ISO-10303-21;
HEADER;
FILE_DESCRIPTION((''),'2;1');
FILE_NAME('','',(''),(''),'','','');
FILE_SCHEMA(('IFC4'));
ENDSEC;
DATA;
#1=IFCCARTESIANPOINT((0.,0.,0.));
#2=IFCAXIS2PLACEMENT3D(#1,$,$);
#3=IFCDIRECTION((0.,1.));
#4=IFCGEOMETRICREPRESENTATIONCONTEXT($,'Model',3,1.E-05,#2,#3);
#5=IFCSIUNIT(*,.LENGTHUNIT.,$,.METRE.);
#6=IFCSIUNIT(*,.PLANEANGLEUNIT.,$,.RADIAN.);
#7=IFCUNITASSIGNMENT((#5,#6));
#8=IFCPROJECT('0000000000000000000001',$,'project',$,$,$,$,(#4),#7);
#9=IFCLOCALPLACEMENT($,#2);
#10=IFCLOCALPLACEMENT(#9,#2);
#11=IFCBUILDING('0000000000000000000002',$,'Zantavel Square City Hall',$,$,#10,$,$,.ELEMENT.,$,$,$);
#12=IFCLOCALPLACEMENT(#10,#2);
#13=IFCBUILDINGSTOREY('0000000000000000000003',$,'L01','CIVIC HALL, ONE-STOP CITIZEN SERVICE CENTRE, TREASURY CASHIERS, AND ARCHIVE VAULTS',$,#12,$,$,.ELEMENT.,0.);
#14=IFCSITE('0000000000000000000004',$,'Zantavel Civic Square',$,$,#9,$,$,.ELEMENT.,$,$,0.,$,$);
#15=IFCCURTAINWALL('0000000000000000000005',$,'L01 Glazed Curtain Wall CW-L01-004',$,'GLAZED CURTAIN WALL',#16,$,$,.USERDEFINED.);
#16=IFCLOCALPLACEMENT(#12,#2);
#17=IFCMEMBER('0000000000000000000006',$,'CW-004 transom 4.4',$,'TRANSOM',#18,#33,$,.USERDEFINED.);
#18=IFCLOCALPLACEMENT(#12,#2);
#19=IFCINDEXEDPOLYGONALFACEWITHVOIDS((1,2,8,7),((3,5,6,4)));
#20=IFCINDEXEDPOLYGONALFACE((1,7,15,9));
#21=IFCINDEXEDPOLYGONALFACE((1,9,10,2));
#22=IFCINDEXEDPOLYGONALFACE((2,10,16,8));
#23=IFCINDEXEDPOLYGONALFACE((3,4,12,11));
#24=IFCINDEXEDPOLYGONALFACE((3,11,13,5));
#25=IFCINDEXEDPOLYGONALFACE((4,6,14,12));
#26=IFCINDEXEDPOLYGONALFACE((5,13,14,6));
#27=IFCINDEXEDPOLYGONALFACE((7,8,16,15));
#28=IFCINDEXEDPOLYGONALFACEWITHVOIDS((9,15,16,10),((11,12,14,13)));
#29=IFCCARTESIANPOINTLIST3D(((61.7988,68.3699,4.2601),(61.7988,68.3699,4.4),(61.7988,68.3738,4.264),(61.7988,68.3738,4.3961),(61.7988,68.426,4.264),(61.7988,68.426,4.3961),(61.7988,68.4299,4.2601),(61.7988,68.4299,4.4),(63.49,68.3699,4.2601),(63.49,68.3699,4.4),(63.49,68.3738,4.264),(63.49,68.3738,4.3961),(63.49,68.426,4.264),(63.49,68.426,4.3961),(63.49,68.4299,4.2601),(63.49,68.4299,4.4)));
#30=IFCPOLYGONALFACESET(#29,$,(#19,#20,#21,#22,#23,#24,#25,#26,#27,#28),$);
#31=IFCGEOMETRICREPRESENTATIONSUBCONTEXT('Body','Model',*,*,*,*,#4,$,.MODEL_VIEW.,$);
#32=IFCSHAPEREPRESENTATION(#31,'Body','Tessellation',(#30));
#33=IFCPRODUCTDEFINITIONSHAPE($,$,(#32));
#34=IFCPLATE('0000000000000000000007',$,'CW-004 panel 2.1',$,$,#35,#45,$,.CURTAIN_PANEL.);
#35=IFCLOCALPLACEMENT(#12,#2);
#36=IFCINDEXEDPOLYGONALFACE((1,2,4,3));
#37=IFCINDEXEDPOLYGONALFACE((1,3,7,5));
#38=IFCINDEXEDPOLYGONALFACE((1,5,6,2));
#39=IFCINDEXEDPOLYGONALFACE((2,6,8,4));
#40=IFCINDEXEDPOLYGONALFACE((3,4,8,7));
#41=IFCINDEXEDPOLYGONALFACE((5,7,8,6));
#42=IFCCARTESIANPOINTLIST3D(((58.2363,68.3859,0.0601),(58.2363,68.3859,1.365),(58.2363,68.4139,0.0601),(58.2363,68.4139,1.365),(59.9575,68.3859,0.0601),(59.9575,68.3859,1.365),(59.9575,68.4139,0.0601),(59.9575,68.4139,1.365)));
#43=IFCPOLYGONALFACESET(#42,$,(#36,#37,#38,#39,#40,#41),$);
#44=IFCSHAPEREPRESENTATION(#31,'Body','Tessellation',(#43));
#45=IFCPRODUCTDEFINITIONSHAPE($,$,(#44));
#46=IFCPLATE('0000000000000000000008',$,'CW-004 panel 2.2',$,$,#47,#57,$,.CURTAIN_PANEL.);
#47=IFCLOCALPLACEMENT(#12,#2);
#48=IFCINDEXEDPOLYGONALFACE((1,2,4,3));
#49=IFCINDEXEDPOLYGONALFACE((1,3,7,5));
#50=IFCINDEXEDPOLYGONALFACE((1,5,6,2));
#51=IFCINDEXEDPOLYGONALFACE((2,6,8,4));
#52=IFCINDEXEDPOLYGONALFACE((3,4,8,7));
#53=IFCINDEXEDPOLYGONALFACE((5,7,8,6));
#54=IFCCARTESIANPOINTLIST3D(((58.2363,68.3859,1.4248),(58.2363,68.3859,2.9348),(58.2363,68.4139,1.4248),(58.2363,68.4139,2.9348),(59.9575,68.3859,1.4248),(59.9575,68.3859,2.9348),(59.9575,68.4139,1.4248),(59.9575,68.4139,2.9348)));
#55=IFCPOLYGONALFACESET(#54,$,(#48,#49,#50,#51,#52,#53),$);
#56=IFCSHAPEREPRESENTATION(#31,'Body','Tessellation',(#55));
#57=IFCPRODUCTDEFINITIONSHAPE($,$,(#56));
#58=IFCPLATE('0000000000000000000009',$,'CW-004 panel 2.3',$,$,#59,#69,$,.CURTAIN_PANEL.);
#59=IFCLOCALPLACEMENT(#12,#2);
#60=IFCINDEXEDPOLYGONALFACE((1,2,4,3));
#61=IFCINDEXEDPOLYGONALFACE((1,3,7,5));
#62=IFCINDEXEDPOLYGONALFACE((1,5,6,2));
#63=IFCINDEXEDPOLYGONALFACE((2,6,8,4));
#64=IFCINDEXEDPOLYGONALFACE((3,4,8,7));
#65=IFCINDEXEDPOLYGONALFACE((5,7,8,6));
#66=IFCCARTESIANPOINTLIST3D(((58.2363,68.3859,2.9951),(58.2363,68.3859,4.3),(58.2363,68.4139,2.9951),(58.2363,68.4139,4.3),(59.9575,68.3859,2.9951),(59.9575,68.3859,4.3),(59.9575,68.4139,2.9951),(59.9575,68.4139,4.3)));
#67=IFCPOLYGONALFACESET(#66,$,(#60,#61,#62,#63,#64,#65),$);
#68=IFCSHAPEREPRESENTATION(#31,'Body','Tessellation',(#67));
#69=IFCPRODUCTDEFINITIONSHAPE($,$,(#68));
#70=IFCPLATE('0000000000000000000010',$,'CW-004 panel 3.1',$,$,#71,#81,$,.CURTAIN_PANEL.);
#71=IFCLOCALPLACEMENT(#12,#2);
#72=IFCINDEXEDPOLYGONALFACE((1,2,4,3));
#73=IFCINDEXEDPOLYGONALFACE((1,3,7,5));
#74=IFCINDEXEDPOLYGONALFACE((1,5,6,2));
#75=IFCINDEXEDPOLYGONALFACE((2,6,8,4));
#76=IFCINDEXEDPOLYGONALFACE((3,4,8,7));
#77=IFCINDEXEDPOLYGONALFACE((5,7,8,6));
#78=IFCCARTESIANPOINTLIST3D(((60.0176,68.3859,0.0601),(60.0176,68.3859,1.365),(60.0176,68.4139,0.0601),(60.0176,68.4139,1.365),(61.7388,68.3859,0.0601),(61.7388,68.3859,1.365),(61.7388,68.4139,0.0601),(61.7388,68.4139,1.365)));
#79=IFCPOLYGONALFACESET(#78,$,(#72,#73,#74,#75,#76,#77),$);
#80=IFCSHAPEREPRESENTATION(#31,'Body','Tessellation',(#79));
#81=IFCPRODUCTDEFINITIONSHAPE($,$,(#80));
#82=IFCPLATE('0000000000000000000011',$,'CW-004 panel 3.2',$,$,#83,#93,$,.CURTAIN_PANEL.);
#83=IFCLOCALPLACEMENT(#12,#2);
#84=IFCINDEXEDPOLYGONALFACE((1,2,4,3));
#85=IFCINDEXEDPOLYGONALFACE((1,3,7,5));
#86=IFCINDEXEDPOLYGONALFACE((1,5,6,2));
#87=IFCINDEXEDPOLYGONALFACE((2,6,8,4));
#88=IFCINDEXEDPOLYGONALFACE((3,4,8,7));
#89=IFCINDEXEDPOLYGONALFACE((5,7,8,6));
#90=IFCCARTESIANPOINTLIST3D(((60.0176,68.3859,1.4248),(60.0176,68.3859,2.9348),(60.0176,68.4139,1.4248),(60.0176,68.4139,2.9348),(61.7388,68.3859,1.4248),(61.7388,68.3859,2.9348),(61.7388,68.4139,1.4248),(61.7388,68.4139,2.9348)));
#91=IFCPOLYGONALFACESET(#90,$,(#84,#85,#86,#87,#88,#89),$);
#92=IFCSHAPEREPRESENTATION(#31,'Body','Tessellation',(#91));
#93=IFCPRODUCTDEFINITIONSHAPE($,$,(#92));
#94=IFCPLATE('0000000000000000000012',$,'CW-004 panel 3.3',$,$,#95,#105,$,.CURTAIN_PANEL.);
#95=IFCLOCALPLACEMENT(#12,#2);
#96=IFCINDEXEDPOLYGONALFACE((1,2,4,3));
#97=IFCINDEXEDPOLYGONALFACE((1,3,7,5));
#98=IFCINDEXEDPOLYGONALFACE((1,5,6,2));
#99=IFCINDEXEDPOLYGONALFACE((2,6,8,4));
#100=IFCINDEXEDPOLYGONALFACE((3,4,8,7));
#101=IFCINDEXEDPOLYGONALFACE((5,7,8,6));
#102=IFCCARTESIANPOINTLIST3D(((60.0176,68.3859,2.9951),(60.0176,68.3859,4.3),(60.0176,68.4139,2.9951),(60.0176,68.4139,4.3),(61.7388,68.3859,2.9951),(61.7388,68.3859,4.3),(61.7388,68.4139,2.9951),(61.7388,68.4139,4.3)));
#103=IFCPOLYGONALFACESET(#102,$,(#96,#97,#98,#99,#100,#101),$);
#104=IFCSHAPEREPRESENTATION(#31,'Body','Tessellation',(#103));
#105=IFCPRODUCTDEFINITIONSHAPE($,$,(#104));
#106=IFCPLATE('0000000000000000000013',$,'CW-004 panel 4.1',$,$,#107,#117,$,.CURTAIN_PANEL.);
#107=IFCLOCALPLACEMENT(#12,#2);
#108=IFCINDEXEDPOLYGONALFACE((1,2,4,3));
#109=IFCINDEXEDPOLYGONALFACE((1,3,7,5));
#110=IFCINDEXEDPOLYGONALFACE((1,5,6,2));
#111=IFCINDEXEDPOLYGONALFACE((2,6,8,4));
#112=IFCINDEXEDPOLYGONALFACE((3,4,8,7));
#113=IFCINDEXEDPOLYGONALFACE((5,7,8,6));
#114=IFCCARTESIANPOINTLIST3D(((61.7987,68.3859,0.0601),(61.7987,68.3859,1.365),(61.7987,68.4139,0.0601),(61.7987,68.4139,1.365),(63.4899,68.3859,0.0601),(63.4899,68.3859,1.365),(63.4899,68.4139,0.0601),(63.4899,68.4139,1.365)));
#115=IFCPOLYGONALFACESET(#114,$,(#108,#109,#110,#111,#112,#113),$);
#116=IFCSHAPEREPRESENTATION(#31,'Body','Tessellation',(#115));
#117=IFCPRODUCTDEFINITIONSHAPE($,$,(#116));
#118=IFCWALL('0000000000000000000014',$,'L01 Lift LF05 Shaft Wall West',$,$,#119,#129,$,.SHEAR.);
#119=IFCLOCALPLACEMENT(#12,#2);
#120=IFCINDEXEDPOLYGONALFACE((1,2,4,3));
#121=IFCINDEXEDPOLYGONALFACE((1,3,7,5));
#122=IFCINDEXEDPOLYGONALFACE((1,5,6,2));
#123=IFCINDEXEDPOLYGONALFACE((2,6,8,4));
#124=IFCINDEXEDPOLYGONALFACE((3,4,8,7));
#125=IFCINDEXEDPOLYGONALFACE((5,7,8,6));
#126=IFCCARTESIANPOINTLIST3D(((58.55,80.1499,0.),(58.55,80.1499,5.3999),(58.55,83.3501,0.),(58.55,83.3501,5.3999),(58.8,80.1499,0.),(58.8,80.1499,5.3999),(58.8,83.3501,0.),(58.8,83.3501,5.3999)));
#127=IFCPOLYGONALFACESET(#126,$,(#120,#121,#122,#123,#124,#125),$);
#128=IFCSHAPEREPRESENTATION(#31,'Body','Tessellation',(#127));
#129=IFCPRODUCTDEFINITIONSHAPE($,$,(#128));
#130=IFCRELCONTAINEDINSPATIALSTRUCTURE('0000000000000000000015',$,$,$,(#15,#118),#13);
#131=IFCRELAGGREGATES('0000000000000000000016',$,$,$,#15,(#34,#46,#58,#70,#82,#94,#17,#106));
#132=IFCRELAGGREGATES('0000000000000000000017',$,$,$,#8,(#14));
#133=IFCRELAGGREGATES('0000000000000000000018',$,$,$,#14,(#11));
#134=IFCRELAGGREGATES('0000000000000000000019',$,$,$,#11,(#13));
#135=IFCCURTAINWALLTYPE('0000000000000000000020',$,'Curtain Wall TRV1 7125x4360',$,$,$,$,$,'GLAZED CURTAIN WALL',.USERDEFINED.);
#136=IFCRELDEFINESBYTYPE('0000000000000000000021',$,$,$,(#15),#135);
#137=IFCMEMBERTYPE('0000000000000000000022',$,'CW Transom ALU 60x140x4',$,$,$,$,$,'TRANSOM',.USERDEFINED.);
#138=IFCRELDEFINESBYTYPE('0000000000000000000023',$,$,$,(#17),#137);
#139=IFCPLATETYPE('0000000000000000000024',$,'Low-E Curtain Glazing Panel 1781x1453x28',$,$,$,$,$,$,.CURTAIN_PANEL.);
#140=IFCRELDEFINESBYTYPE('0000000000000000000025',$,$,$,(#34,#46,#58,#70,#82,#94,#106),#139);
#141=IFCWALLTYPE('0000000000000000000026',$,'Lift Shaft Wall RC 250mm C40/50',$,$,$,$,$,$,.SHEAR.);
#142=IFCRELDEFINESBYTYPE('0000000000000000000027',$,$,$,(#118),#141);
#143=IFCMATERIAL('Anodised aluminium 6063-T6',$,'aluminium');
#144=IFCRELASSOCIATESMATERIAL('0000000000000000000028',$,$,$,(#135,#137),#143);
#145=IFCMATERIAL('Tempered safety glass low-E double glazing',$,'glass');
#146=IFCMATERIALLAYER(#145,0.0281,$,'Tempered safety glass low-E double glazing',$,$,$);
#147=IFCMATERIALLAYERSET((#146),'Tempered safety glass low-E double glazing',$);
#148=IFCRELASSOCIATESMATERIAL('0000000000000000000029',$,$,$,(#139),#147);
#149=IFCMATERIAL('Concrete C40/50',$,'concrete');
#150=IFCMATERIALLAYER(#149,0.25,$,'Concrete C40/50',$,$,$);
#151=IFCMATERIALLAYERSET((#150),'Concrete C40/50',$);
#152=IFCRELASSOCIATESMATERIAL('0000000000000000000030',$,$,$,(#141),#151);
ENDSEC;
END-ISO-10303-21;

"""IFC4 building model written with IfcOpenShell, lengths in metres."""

from ifc_helpers import new_model, si_unit, direction, frame, frame_2d, origin, origin_2d, place, context, subcontext, project, spatial, rectangle, hollow_rectangle, extrude, material, layer, layer_set, material_profile, profile_set, type_object, element, aggregate, save


model = new_model("IFC4")

# Units and contexts
model_context = context("Model", 3, precision=1e-05, world=origin(), true_north=direction((0.0, 1.0)))
body_context = subcontext(model_context, "Body", "Model", "MODEL_VIEW")
ifc_project = project(units=[si_unit("LENGTHUNIT", "METRE"), si_unit("PLANEANGLEUNIT", "RADIAN")], contexts=[model_context])

# Site, building, storey
site_placement = place(None, origin())
site = spatial("IfcSite", under=ifc_project, at=site_placement, Name="Zantavel Civic Square", CompositionType="ELEMENT", RefElevation=0.0)
building_placement = place(site_placement, origin())
building = spatial("IfcBuilding", under=site, at=building_placement, Name="Zantavel Square City Hall", CompositionType="ELEMENT")
storey_placement = place(building_placement, origin())
storey = spatial("IfcBuildingStorey", under=building, at=storey_placement, Name="L01", Description="CIVIC HALL, ONE-STOP CITIZEN SERVICE CENTRE, TREASURY CASHIERS, AND ARCHIVE VAULTS", CompositionType="ELEMENT", Elevation=0.0)

# Curtain wall, member, plates
ifc_material_1 = material(Name="Anodised aluminium 6063-T6", Category="aluminium")
curtain_wall_type = type_object("IfcCurtainWallType", Name="Curtain Wall TRV1 7125x4360", ElementType="GLAZED CURTAIN WALL", PredefinedType="USERDEFINED", material=ifc_material_1)
curtain_wall_placement = place(storey_placement, origin())
curtain_wall = element("IfcCurtainWall", 1, at=curtain_wall_placement, inside=storey, type_object=curtain_wall_type, Name="L01 Glazed Curtain Wall CW-L01-004", ObjectType="GLAZED CURTAIN WALL", PredefinedType="USERDEFINED")
ifc_material_profile_1 = material_profile(ifc_material_1, hollow_rectangle(XDim=0.0601, YDim=0.1399, WallThickness=0.0039, at=origin_2d()), Name="ALU 60x140x4")
ifc_profile_set_1 = profile_set([ifc_material_profile_1], Name="Anodised aluminium 6063-T6")
member_type_1 = type_object("IfcMemberType", Name="CW Transom ALU 60x140x4", ElementType="TRANSOM", PredefinedType="USERDEFINED", material=ifc_profile_set_1)
member_1_placement = place(storey_placement, frame((61.7988, 68.3999, 4.3301), z_axis=(1.0, 0.0, 0.0), x_axis=(0.0, 1.0, 0.0)))
member_1 = element("IfcMember", 2, at=member_1_placement, type_object=member_type_1, Name="CW-004 transom 4.4", ObjectType="TRANSOM", PredefinedType="USERDEFINED", context=body_context, shape_type="SweptSolid", body=[
    extrude(hollow_rectangle(XDim=0.0601, YDim=0.1399, WallThickness=0.0039, at=origin_2d()), origin(), (0.0, 0.0, 1.0), 1.6912),
])
ifc_material_2 = material(Name="Tempered safety glass low-E double glazing", Category="glass")
ifc_layer_1 = layer(ifc_material_2, 0.0281, Name="Tempered safety glass low-E double glazing")
ifc_layer_set_1 = layer_set([ifc_layer_1], Name="Tempered safety glass low-E double glazing")
plate_type = type_object("IfcPlateType", Name="Low-E Curtain Glazing Panel 1781x1453x28", PredefinedType="CURTAIN_PANEL", material=ifc_layer_set_1)
plate_1_placement = place(storey_placement, frame((59.0969, 68.3999, 0.0601), z_axis=(0.0, 0.0, 1.0), x_axis=(1.0, 0.0, 0.0)))
plate_1 = element("IfcPlate", 3, at=plate_1_placement, type_object=plate_type, Name="CW-004 panel 2.1", PredefinedType="CURTAIN_PANEL", context=body_context, shape_type="SweptSolid", body=[
    extrude(rectangle(XDim=1.7212, YDim=0.0281, at=origin_2d()), origin(), (0.0, 0.0, 1.0), 1.3049),
])
plate_2_placement = place(storey_placement, frame((59.0969, 68.3999, 1.4248), z_axis=(0.0, 0.0, 1.0), x_axis=(1.0, 0.0, 0.0)))
plate_2 = element("IfcPlate", 4, at=plate_2_placement, type_object=plate_type, Name="CW-004 panel 2.2", PredefinedType="CURTAIN_PANEL", context=body_context, shape_type="SweptSolid", body=[
    extrude(rectangle(XDim=1.7212, YDim=0.0281, at=origin_2d()), origin(), (0.0, 0.0, 1.0), 1.51),
])
plate_3_placement = place(storey_placement, frame((59.0969, 68.3999, 2.9951), z_axis=(0.0, 0.0, 1.0), x_axis=(1.0, 0.0, 0.0)))
plate_3 = element("IfcPlate", 5, at=plate_3_placement, type_object=plate_type, Name="CW-004 panel 2.3", PredefinedType="CURTAIN_PANEL", context=body_context, shape_type="SweptSolid", body=[
    extrude(rectangle(XDim=1.7212, YDim=0.0281, at=origin_2d()), origin(), (0.0, 0.0, 1.0), 1.3049),
])
plate_4_placement = place(storey_placement, frame((60.8782, 68.3999, 0.0601), z_axis=(0.0, 0.0, 1.0), x_axis=(1.0, 0.0, 0.0)))
plate_4 = element("IfcPlate", 6, at=plate_4_placement, type_object=plate_type, Name="CW-004 panel 3.1", PredefinedType="CURTAIN_PANEL", context=body_context, shape_type="SweptSolid", body=[
    extrude(rectangle(XDim=1.7212, YDim=0.0281, at=origin_2d()), origin(), (0.0, 0.0, 1.0), 1.3049),
])
plate_5_placement = place(storey_placement, frame((60.8782, 68.3999, 1.4248), z_axis=(0.0, 0.0, 1.0), x_axis=(1.0, 0.0, 0.0)))
plate_5 = element("IfcPlate", 7, at=plate_5_placement, type_object=plate_type, Name="CW-004 panel 3.2", PredefinedType="CURTAIN_PANEL", context=body_context, shape_type="SweptSolid", body=[
    extrude(rectangle(XDim=1.7212, YDim=0.0281, at=origin_2d()), origin(), (0.0, 0.0, 1.0), 1.51),
])
plate_6_placement = place(storey_placement, frame((60.8782, 68.3999, 2.9951), z_axis=(0.0, 0.0, 1.0), x_axis=(1.0, 0.0, 0.0)))
plate_6 = element("IfcPlate", 8, at=plate_6_placement, type_object=plate_type, Name="CW-004 panel 3.3", PredefinedType="CURTAIN_PANEL", context=body_context, shape_type="SweptSolid", body=[
    extrude(rectangle(XDim=1.7212, YDim=0.0281, at=origin_2d()), origin(), (0.0, 0.0, 1.0), 1.3049),
])
plate_7_placement = place(storey_placement, frame((62.6443, 68.3999, 0.0601), z_axis=(0.0, 0.0, 1.0), x_axis=(1.0, 0.0, 0.0)))
plate_7 = element("IfcPlate", 9, at=plate_7_placement, type_object=plate_type, Name="CW-004 panel 4.1", PredefinedType="CURTAIN_PANEL", context=body_context, shape_type="SweptSolid", body=[
    extrude(rectangle(XDim=1.6912, YDim=0.0281, at=origin_2d()), origin(), (0.0, 0.0, 1.0), 1.3049),
])
aggregate(curtain_wall, [plate_1, plate_2, plate_3, plate_4, plate_5, plate_6, member_1, plate_7])

# Shared definitions
ifc_material_3 = material(Name="Concrete C40/50", Category="concrete")
ifc_layer_2 = layer(ifc_material_3, 0.25, Name="Concrete C40/50")
ifc_layer_set_2 = layer_set([ifc_layer_2], Name="Concrete C40/50")
wall_type = type_object("IfcWallType", Name="Lift Shaft Wall RC 250mm C40/50", PredefinedType="SHEAR", material=ifc_layer_set_2)

# Wall
wall_1_placement = place(storey_placement, frame((58.675, 80.1499, 0.0), z_axis=(0.0, 0.0, 1.0), x_axis=(0.0, 1.0, 0.0)))
element("IfcWall", 10, at=wall_1_placement, inside=storey, type_object=wall_type, Name="L01 Lift LF05 Shaft Wall West", PredefinedType="SHEAR", context=body_context, shape_type="SweptSolid", body=[
    extrude(rectangle(XDim=3.2002, YDim=0.25, at=frame_2d((1.6001, 0.0))), origin(), (0.0, 0.0, 1.0), 5.3999),
])

save(model, "model.ifc")
